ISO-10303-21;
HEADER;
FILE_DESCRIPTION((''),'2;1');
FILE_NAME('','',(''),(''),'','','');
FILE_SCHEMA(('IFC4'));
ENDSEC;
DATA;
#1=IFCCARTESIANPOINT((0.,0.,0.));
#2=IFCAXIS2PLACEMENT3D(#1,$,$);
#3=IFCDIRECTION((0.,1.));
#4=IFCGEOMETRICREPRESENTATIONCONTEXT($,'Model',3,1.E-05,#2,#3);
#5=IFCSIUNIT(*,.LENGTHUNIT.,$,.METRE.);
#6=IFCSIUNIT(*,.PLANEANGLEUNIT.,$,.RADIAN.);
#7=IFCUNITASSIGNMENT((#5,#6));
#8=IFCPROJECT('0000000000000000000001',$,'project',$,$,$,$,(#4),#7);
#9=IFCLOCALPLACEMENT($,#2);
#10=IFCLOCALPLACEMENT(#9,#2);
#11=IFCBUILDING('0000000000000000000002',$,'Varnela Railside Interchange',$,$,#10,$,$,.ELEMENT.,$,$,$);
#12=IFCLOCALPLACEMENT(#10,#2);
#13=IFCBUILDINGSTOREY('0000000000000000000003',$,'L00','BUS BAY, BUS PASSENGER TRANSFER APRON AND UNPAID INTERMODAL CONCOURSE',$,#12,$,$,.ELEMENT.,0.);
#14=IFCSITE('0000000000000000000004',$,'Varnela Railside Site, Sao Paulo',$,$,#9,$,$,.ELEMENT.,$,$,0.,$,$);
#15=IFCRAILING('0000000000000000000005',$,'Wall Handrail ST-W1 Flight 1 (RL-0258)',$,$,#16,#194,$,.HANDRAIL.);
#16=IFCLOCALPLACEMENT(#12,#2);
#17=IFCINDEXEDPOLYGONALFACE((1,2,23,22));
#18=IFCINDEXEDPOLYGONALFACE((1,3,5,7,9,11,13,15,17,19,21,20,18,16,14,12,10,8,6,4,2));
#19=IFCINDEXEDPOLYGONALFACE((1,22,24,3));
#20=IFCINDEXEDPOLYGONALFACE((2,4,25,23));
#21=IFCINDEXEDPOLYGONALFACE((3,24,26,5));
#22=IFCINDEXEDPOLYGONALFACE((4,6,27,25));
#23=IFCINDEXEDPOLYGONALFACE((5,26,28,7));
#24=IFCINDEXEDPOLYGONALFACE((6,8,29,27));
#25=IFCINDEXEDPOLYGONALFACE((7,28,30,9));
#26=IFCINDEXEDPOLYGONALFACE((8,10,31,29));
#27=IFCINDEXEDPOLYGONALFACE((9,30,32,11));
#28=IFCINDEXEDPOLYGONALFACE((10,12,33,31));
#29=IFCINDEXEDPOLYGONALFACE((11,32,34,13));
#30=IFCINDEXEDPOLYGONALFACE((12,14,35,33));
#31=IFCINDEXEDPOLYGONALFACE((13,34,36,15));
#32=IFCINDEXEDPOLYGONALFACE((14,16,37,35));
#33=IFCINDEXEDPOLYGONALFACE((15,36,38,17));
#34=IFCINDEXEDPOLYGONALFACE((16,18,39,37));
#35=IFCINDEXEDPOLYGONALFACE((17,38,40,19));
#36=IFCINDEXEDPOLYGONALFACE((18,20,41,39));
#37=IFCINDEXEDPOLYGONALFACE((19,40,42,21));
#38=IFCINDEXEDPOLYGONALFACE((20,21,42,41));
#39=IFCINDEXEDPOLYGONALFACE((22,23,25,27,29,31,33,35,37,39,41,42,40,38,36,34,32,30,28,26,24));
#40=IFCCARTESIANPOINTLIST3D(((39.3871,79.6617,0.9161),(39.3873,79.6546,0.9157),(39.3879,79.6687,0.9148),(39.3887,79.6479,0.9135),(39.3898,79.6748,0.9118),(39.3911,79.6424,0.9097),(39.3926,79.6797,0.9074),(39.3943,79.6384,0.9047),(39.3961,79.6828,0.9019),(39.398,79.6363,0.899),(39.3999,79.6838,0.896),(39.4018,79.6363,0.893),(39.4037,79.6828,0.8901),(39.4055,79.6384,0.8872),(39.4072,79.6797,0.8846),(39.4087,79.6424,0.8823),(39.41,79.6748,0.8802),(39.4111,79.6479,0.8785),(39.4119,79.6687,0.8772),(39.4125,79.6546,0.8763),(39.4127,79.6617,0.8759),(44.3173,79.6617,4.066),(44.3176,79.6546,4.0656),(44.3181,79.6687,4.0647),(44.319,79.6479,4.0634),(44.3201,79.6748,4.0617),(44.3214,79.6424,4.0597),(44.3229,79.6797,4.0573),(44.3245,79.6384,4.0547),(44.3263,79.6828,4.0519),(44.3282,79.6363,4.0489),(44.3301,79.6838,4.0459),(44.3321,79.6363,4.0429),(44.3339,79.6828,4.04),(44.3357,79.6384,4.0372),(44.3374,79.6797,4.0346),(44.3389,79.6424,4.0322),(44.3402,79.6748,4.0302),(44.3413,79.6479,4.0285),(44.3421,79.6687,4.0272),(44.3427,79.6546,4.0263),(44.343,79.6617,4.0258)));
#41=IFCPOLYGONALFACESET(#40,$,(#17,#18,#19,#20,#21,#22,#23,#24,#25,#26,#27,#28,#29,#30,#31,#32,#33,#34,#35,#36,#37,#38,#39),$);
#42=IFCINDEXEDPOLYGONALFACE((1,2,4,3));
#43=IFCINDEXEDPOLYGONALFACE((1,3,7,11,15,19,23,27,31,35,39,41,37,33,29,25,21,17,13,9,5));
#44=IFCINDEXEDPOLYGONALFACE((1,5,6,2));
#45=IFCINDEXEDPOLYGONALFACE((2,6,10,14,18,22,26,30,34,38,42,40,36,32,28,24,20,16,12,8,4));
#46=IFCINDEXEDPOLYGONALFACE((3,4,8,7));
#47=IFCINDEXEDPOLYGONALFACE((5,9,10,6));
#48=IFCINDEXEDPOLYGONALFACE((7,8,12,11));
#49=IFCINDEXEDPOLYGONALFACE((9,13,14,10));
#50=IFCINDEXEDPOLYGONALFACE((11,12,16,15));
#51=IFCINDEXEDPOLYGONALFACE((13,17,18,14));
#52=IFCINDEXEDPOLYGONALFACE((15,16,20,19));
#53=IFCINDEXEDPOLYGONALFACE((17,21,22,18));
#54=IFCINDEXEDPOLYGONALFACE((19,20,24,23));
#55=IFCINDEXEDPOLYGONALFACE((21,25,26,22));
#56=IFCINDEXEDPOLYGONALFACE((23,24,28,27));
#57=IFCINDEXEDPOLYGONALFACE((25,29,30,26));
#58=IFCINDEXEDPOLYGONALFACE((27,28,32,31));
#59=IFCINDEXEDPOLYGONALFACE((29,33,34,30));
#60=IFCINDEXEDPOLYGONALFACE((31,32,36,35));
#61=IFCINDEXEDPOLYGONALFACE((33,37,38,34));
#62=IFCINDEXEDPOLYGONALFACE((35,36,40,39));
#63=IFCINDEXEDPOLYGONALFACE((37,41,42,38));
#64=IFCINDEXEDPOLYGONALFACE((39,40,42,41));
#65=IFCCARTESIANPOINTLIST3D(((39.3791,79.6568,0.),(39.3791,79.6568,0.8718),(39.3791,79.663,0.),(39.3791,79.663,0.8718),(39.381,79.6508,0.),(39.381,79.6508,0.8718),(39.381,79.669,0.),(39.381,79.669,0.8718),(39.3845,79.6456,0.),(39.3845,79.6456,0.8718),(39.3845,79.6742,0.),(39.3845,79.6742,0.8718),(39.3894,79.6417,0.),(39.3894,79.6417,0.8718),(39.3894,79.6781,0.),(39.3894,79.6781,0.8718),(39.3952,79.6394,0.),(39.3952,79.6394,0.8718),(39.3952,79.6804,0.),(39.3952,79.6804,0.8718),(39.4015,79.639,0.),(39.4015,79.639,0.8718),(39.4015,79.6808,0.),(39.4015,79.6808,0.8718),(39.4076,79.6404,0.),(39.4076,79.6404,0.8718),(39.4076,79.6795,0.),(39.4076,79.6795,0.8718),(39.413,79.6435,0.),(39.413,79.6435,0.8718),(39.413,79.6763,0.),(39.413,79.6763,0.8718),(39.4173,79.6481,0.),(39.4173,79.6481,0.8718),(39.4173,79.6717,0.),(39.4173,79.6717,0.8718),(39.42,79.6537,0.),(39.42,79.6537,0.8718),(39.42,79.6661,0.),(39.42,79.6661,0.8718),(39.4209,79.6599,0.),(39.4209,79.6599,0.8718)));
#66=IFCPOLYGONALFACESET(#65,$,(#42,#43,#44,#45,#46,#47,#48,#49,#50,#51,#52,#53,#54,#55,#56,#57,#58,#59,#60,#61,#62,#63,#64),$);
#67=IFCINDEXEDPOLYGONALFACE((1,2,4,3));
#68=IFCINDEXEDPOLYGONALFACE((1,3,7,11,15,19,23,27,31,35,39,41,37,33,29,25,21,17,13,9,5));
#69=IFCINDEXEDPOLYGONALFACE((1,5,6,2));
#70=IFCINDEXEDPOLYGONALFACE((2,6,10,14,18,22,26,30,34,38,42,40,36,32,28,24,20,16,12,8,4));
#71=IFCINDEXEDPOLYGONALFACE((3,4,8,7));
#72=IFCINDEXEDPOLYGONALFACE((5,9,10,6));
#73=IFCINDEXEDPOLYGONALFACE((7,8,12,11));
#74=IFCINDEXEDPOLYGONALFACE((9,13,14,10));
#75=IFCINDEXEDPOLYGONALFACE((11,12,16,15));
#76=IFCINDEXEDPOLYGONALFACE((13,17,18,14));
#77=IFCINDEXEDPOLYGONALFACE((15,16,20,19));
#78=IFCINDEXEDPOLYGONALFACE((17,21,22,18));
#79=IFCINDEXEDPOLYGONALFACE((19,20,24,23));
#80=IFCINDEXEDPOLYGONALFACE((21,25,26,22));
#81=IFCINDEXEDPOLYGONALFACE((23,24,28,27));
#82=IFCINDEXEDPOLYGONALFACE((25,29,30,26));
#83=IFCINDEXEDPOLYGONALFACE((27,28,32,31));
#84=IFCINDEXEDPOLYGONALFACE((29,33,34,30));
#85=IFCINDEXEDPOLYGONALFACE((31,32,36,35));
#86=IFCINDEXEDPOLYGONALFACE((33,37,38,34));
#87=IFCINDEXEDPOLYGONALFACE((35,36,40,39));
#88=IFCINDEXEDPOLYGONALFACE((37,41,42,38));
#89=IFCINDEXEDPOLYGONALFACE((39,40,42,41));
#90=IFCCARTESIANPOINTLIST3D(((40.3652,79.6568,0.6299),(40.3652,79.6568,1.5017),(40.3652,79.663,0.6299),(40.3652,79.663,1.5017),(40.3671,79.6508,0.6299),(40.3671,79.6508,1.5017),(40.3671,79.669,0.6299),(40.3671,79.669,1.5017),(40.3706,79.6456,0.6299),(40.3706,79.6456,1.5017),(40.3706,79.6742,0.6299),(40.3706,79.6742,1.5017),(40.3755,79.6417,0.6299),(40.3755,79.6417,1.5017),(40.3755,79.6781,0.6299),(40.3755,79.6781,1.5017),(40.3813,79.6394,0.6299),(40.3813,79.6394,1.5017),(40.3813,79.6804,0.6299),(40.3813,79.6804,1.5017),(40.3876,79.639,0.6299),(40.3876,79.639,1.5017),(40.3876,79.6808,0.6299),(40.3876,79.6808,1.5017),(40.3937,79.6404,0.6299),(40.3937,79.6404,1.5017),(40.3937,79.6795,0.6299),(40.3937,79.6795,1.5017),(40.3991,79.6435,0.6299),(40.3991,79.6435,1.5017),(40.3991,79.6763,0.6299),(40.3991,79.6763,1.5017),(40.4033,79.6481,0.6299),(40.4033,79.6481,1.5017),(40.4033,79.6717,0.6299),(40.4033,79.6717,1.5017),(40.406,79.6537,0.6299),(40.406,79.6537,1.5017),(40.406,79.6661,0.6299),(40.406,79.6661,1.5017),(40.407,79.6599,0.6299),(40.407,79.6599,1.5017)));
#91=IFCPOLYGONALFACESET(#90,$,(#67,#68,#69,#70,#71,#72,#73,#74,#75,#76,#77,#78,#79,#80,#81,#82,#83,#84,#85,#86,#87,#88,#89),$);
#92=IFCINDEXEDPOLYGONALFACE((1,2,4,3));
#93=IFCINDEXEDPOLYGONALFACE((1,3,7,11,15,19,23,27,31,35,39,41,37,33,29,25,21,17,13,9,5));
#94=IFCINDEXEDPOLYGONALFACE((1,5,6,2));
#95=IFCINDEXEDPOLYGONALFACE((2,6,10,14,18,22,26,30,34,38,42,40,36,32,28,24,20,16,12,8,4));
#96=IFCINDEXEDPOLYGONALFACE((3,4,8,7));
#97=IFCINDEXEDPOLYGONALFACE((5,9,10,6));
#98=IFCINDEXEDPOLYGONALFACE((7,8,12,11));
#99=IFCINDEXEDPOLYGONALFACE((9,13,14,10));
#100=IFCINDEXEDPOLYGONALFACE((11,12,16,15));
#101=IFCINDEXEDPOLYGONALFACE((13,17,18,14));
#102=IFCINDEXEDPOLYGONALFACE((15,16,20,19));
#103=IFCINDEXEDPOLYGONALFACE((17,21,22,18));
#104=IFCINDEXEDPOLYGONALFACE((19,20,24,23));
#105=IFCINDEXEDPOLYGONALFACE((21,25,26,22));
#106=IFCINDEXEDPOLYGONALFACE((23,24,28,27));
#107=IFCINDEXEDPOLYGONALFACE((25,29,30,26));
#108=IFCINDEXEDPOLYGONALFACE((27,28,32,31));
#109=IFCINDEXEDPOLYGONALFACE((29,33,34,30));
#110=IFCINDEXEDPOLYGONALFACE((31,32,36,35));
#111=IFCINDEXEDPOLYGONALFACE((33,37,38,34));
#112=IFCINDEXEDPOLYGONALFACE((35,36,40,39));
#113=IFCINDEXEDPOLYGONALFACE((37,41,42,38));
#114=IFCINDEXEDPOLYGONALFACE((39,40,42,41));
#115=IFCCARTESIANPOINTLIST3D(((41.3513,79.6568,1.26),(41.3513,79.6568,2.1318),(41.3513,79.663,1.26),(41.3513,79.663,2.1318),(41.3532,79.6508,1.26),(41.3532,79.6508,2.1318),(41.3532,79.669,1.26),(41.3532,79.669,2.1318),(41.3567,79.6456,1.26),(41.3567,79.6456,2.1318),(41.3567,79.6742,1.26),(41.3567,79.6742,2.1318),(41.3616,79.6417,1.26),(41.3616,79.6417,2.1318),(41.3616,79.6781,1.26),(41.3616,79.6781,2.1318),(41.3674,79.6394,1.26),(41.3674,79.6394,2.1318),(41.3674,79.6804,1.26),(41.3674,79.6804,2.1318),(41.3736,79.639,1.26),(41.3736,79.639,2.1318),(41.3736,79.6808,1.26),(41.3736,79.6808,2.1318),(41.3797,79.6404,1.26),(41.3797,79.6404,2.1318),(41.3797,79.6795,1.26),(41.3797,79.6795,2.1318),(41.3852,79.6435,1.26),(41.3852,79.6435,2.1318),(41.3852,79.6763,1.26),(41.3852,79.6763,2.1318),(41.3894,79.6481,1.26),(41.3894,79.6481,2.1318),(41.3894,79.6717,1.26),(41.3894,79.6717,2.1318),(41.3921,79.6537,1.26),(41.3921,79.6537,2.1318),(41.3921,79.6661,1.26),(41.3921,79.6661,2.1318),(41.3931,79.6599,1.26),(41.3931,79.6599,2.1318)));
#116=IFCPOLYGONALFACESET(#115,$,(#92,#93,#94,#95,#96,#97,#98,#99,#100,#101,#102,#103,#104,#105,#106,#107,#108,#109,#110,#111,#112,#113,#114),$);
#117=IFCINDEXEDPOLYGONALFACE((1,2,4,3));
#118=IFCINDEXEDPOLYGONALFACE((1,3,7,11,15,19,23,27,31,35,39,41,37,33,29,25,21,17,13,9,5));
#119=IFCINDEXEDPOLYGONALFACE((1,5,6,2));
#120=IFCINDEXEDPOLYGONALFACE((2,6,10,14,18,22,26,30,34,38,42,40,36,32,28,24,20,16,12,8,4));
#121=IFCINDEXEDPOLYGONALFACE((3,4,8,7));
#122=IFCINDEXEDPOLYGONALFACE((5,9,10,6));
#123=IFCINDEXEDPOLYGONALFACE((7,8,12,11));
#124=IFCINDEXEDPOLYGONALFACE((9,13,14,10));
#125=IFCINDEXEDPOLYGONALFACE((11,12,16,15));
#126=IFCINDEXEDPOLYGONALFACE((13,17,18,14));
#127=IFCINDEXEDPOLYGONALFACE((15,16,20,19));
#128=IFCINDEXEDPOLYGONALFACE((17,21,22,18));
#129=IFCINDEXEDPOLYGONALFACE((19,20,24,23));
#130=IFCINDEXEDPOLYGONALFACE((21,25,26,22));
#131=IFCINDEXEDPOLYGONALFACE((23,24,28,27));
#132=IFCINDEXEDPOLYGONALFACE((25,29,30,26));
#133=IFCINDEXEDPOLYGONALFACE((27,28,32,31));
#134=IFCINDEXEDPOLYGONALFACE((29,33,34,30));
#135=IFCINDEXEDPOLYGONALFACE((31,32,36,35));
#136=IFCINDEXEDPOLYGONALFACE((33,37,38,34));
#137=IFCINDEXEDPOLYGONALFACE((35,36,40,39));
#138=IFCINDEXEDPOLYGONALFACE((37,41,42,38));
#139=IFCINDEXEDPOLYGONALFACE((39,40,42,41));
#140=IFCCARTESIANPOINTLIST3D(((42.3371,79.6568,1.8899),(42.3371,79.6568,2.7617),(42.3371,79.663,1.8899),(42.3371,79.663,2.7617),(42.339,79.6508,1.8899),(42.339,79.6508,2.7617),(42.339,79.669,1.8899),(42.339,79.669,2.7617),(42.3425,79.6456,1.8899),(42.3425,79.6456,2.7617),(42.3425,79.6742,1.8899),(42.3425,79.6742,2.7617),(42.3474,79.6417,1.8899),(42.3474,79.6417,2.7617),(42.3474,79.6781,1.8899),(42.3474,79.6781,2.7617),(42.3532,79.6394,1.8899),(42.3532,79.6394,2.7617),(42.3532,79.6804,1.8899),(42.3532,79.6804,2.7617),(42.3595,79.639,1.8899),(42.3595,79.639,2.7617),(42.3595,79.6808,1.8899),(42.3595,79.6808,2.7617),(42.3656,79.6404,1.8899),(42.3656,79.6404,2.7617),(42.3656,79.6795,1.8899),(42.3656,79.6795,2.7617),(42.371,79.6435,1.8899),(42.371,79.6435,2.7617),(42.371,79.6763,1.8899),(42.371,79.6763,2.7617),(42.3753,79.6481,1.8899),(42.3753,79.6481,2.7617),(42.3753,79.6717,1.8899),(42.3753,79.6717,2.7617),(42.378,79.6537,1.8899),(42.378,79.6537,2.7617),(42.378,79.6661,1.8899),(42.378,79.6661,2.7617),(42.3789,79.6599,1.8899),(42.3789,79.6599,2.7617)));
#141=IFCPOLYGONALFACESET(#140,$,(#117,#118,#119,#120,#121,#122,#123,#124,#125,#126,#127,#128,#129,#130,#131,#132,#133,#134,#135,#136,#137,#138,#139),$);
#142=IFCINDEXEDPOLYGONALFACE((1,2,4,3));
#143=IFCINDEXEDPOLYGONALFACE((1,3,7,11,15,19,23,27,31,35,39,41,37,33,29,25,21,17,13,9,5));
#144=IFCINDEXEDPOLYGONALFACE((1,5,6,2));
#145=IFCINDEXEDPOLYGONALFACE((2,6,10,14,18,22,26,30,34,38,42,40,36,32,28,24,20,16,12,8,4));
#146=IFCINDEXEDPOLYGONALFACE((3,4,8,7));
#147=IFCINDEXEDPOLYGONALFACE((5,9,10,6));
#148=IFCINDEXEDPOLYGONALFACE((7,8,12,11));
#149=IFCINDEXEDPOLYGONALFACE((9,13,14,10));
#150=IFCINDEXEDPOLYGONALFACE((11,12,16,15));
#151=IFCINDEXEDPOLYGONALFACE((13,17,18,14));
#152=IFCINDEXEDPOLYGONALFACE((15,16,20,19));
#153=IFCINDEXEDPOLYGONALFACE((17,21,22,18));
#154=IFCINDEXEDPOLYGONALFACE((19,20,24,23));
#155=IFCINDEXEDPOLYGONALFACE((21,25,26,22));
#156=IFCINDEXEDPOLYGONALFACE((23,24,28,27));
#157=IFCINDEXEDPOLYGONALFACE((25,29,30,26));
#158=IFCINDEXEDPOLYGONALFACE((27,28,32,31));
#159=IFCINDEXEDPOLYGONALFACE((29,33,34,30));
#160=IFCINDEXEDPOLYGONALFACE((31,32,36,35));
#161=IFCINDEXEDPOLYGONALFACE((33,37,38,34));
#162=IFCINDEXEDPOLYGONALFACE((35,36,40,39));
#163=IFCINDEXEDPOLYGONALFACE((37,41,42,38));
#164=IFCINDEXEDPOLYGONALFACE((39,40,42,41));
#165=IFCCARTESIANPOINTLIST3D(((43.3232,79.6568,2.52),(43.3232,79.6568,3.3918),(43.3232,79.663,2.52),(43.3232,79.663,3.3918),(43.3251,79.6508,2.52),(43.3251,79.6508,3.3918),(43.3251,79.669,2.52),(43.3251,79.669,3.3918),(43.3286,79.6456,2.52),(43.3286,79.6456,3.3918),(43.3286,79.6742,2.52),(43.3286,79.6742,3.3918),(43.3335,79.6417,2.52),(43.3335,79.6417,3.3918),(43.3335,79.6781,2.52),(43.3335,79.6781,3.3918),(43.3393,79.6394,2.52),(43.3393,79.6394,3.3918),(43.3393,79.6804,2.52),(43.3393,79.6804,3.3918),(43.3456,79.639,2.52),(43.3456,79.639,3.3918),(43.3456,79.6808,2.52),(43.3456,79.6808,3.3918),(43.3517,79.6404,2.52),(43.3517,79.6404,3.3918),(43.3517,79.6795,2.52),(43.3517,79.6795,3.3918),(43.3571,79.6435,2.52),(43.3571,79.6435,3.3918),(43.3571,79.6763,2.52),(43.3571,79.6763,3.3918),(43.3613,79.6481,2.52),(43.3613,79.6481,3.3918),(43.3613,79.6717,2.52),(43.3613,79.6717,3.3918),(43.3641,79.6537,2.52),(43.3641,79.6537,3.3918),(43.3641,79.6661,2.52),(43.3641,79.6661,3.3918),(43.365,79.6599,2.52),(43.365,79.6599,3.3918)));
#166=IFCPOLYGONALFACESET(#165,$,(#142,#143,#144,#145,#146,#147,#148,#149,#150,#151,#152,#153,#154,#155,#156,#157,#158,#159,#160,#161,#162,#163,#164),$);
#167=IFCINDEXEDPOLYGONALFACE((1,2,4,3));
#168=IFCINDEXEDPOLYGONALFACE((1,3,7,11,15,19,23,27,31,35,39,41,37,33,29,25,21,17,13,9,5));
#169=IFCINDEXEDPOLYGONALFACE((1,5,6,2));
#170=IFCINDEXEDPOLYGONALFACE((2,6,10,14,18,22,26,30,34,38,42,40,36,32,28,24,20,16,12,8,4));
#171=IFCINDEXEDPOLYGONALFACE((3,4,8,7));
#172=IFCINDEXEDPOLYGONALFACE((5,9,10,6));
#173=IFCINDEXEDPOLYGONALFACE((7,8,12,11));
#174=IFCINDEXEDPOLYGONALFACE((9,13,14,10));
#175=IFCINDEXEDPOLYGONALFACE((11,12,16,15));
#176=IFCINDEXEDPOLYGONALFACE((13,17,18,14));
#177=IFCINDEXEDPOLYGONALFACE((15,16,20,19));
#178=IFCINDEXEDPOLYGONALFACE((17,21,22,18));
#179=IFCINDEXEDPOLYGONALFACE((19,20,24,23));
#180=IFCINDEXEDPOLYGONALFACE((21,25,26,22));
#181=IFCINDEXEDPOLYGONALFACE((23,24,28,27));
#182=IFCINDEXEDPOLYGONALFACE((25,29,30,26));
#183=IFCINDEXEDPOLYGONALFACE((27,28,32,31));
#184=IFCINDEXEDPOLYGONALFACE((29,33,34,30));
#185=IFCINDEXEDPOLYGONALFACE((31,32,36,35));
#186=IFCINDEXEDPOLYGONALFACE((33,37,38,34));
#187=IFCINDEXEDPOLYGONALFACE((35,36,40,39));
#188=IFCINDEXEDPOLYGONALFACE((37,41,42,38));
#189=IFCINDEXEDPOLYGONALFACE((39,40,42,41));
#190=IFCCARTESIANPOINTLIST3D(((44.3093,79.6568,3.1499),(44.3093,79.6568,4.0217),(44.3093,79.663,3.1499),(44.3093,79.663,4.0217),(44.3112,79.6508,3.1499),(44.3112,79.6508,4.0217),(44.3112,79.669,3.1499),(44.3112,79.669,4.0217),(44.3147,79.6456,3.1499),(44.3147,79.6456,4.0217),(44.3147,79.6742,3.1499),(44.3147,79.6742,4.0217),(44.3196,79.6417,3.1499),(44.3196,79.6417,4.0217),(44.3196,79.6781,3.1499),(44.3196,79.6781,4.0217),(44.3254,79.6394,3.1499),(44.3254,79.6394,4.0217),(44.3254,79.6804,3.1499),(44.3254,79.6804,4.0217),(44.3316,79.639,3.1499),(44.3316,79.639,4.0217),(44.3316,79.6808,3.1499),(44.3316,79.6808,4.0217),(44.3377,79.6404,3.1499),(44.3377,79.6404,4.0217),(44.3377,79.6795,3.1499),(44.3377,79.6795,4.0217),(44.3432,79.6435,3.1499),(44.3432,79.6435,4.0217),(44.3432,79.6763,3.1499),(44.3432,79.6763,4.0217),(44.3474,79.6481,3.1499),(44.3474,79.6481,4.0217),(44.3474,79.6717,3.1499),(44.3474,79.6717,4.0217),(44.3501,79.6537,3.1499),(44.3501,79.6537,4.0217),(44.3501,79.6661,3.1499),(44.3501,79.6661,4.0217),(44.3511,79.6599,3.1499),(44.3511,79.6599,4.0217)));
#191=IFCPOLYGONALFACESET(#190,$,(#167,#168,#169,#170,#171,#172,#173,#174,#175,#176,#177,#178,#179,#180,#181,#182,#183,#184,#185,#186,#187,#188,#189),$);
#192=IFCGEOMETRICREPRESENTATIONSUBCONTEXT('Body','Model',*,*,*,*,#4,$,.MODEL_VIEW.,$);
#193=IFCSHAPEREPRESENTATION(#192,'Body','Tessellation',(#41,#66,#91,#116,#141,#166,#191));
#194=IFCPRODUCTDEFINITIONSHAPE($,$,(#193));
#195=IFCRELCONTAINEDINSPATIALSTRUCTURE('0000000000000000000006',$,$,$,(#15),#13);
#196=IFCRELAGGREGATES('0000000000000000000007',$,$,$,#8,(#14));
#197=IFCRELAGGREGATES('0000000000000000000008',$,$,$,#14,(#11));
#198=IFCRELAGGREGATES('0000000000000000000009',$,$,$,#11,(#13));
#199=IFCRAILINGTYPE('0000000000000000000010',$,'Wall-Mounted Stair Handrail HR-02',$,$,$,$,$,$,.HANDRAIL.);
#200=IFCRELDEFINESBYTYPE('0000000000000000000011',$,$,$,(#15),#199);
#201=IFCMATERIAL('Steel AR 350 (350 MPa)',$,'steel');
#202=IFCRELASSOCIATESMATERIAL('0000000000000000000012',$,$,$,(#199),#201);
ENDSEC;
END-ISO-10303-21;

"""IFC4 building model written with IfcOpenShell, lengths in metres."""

from ifc_helpers import new_model, si_unit, direction, frame, origin, origin_2d, place, context, subcontext, project, spatial, circle, extrude, material, type_object, element, save


model = new_model("IFC4")

# Units and contexts
model_context = context("Model", 3, precision=1e-05, world=origin(), true_north=direction((0.0, 1.0)))
body_context = subcontext(model_context, "Body", "Model", "MODEL_VIEW")
ifc_project = project(units=[si_unit("LENGTHUNIT", "METRE"), si_unit("PLANEANGLEUNIT", "RADIAN")], contexts=[model_context])

# Site, building, storey
site_placement = place(None, origin())
site = spatial("IfcSite", under=ifc_project, at=site_placement, Name="Varnela Railside Site, Sao Paulo", CompositionType="ELEMENT", RefElevation=0.0)
building_placement = place(site_placement, origin())
building = spatial("IfcBuilding", under=site, at=building_placement, Name="Varnela Railside Interchange", CompositionType="ELEMENT")
storey_placement = place(building_placement, origin())
storey = spatial("IfcBuildingStorey", under=building, at=storey_placement, Name="L00", Description="BUS BAY, BUS PASSENGER TRANSFER APRON AND UNPAID INTERMODAL CONCOURSE", CompositionType="ELEMENT", Elevation=0.0)

# Shared definitions
ifc_material_1 = material(Name="Steel AR 350 (350 MPa)", Category="steel")

# Railing
railing_type_1 = type_object("IfcRailingType", Name="Wall-Mounted Stair Handrail HR-02", PredefinedType="HANDRAIL", material=ifc_material_1)
railing_1_placement = place(storey_placement, frame((39.3999, 79.6599, 0.0)))
element("IfcRailing", 1, at=railing_1_placement, inside=storey, type_object=railing_type_1, Name="Wall Handrail ST-W1 Flight 1 (RL-0258)", PredefinedType="HANDRAIL", context=body_context, shape_type="SweptSolid", body=[
    extrude(circle(Radius=0.0239, at=origin_2d()), frame((0.0, 0.0, 0.896), z_axis=(0.842691, 0.0, 0.538398), x_axis=(0.0, 1.0, 0.0)), (0.0, 0.0, 1.0), 5.8506),
    extrude(circle(Radius=0.021, at=origin_2d()), origin(), (0.0, 0.0, 1.0), 0.8718),
    extrude(circle(Radius=0.021, at=origin_2d()), frame((0.9861, 0.0, 0.6299)), (0.0, 0.0, 1.0), 0.8718),
    extrude(circle(Radius=0.021, at=origin_2d()), frame((1.9722, 0.0, 1.26)), (0.0, 0.0, 1.0), 0.8718),
    extrude(circle(Radius=0.021, at=origin_2d()), frame((2.958, 0.0, 1.8899)), (0.0, 0.0, 1.0), 0.8718),
    extrude(circle(Radius=0.021, at=origin_2d()), frame((3.9441, 0.0, 2.52)), (0.0, 0.0, 1.0), 0.8718),
    extrude(circle(Radius=0.021, at=origin_2d()), frame((4.9302, 0.0, 3.1499)), (0.0, 0.0, 1.0), 0.8718),
])

save(model, "model.ifc")
